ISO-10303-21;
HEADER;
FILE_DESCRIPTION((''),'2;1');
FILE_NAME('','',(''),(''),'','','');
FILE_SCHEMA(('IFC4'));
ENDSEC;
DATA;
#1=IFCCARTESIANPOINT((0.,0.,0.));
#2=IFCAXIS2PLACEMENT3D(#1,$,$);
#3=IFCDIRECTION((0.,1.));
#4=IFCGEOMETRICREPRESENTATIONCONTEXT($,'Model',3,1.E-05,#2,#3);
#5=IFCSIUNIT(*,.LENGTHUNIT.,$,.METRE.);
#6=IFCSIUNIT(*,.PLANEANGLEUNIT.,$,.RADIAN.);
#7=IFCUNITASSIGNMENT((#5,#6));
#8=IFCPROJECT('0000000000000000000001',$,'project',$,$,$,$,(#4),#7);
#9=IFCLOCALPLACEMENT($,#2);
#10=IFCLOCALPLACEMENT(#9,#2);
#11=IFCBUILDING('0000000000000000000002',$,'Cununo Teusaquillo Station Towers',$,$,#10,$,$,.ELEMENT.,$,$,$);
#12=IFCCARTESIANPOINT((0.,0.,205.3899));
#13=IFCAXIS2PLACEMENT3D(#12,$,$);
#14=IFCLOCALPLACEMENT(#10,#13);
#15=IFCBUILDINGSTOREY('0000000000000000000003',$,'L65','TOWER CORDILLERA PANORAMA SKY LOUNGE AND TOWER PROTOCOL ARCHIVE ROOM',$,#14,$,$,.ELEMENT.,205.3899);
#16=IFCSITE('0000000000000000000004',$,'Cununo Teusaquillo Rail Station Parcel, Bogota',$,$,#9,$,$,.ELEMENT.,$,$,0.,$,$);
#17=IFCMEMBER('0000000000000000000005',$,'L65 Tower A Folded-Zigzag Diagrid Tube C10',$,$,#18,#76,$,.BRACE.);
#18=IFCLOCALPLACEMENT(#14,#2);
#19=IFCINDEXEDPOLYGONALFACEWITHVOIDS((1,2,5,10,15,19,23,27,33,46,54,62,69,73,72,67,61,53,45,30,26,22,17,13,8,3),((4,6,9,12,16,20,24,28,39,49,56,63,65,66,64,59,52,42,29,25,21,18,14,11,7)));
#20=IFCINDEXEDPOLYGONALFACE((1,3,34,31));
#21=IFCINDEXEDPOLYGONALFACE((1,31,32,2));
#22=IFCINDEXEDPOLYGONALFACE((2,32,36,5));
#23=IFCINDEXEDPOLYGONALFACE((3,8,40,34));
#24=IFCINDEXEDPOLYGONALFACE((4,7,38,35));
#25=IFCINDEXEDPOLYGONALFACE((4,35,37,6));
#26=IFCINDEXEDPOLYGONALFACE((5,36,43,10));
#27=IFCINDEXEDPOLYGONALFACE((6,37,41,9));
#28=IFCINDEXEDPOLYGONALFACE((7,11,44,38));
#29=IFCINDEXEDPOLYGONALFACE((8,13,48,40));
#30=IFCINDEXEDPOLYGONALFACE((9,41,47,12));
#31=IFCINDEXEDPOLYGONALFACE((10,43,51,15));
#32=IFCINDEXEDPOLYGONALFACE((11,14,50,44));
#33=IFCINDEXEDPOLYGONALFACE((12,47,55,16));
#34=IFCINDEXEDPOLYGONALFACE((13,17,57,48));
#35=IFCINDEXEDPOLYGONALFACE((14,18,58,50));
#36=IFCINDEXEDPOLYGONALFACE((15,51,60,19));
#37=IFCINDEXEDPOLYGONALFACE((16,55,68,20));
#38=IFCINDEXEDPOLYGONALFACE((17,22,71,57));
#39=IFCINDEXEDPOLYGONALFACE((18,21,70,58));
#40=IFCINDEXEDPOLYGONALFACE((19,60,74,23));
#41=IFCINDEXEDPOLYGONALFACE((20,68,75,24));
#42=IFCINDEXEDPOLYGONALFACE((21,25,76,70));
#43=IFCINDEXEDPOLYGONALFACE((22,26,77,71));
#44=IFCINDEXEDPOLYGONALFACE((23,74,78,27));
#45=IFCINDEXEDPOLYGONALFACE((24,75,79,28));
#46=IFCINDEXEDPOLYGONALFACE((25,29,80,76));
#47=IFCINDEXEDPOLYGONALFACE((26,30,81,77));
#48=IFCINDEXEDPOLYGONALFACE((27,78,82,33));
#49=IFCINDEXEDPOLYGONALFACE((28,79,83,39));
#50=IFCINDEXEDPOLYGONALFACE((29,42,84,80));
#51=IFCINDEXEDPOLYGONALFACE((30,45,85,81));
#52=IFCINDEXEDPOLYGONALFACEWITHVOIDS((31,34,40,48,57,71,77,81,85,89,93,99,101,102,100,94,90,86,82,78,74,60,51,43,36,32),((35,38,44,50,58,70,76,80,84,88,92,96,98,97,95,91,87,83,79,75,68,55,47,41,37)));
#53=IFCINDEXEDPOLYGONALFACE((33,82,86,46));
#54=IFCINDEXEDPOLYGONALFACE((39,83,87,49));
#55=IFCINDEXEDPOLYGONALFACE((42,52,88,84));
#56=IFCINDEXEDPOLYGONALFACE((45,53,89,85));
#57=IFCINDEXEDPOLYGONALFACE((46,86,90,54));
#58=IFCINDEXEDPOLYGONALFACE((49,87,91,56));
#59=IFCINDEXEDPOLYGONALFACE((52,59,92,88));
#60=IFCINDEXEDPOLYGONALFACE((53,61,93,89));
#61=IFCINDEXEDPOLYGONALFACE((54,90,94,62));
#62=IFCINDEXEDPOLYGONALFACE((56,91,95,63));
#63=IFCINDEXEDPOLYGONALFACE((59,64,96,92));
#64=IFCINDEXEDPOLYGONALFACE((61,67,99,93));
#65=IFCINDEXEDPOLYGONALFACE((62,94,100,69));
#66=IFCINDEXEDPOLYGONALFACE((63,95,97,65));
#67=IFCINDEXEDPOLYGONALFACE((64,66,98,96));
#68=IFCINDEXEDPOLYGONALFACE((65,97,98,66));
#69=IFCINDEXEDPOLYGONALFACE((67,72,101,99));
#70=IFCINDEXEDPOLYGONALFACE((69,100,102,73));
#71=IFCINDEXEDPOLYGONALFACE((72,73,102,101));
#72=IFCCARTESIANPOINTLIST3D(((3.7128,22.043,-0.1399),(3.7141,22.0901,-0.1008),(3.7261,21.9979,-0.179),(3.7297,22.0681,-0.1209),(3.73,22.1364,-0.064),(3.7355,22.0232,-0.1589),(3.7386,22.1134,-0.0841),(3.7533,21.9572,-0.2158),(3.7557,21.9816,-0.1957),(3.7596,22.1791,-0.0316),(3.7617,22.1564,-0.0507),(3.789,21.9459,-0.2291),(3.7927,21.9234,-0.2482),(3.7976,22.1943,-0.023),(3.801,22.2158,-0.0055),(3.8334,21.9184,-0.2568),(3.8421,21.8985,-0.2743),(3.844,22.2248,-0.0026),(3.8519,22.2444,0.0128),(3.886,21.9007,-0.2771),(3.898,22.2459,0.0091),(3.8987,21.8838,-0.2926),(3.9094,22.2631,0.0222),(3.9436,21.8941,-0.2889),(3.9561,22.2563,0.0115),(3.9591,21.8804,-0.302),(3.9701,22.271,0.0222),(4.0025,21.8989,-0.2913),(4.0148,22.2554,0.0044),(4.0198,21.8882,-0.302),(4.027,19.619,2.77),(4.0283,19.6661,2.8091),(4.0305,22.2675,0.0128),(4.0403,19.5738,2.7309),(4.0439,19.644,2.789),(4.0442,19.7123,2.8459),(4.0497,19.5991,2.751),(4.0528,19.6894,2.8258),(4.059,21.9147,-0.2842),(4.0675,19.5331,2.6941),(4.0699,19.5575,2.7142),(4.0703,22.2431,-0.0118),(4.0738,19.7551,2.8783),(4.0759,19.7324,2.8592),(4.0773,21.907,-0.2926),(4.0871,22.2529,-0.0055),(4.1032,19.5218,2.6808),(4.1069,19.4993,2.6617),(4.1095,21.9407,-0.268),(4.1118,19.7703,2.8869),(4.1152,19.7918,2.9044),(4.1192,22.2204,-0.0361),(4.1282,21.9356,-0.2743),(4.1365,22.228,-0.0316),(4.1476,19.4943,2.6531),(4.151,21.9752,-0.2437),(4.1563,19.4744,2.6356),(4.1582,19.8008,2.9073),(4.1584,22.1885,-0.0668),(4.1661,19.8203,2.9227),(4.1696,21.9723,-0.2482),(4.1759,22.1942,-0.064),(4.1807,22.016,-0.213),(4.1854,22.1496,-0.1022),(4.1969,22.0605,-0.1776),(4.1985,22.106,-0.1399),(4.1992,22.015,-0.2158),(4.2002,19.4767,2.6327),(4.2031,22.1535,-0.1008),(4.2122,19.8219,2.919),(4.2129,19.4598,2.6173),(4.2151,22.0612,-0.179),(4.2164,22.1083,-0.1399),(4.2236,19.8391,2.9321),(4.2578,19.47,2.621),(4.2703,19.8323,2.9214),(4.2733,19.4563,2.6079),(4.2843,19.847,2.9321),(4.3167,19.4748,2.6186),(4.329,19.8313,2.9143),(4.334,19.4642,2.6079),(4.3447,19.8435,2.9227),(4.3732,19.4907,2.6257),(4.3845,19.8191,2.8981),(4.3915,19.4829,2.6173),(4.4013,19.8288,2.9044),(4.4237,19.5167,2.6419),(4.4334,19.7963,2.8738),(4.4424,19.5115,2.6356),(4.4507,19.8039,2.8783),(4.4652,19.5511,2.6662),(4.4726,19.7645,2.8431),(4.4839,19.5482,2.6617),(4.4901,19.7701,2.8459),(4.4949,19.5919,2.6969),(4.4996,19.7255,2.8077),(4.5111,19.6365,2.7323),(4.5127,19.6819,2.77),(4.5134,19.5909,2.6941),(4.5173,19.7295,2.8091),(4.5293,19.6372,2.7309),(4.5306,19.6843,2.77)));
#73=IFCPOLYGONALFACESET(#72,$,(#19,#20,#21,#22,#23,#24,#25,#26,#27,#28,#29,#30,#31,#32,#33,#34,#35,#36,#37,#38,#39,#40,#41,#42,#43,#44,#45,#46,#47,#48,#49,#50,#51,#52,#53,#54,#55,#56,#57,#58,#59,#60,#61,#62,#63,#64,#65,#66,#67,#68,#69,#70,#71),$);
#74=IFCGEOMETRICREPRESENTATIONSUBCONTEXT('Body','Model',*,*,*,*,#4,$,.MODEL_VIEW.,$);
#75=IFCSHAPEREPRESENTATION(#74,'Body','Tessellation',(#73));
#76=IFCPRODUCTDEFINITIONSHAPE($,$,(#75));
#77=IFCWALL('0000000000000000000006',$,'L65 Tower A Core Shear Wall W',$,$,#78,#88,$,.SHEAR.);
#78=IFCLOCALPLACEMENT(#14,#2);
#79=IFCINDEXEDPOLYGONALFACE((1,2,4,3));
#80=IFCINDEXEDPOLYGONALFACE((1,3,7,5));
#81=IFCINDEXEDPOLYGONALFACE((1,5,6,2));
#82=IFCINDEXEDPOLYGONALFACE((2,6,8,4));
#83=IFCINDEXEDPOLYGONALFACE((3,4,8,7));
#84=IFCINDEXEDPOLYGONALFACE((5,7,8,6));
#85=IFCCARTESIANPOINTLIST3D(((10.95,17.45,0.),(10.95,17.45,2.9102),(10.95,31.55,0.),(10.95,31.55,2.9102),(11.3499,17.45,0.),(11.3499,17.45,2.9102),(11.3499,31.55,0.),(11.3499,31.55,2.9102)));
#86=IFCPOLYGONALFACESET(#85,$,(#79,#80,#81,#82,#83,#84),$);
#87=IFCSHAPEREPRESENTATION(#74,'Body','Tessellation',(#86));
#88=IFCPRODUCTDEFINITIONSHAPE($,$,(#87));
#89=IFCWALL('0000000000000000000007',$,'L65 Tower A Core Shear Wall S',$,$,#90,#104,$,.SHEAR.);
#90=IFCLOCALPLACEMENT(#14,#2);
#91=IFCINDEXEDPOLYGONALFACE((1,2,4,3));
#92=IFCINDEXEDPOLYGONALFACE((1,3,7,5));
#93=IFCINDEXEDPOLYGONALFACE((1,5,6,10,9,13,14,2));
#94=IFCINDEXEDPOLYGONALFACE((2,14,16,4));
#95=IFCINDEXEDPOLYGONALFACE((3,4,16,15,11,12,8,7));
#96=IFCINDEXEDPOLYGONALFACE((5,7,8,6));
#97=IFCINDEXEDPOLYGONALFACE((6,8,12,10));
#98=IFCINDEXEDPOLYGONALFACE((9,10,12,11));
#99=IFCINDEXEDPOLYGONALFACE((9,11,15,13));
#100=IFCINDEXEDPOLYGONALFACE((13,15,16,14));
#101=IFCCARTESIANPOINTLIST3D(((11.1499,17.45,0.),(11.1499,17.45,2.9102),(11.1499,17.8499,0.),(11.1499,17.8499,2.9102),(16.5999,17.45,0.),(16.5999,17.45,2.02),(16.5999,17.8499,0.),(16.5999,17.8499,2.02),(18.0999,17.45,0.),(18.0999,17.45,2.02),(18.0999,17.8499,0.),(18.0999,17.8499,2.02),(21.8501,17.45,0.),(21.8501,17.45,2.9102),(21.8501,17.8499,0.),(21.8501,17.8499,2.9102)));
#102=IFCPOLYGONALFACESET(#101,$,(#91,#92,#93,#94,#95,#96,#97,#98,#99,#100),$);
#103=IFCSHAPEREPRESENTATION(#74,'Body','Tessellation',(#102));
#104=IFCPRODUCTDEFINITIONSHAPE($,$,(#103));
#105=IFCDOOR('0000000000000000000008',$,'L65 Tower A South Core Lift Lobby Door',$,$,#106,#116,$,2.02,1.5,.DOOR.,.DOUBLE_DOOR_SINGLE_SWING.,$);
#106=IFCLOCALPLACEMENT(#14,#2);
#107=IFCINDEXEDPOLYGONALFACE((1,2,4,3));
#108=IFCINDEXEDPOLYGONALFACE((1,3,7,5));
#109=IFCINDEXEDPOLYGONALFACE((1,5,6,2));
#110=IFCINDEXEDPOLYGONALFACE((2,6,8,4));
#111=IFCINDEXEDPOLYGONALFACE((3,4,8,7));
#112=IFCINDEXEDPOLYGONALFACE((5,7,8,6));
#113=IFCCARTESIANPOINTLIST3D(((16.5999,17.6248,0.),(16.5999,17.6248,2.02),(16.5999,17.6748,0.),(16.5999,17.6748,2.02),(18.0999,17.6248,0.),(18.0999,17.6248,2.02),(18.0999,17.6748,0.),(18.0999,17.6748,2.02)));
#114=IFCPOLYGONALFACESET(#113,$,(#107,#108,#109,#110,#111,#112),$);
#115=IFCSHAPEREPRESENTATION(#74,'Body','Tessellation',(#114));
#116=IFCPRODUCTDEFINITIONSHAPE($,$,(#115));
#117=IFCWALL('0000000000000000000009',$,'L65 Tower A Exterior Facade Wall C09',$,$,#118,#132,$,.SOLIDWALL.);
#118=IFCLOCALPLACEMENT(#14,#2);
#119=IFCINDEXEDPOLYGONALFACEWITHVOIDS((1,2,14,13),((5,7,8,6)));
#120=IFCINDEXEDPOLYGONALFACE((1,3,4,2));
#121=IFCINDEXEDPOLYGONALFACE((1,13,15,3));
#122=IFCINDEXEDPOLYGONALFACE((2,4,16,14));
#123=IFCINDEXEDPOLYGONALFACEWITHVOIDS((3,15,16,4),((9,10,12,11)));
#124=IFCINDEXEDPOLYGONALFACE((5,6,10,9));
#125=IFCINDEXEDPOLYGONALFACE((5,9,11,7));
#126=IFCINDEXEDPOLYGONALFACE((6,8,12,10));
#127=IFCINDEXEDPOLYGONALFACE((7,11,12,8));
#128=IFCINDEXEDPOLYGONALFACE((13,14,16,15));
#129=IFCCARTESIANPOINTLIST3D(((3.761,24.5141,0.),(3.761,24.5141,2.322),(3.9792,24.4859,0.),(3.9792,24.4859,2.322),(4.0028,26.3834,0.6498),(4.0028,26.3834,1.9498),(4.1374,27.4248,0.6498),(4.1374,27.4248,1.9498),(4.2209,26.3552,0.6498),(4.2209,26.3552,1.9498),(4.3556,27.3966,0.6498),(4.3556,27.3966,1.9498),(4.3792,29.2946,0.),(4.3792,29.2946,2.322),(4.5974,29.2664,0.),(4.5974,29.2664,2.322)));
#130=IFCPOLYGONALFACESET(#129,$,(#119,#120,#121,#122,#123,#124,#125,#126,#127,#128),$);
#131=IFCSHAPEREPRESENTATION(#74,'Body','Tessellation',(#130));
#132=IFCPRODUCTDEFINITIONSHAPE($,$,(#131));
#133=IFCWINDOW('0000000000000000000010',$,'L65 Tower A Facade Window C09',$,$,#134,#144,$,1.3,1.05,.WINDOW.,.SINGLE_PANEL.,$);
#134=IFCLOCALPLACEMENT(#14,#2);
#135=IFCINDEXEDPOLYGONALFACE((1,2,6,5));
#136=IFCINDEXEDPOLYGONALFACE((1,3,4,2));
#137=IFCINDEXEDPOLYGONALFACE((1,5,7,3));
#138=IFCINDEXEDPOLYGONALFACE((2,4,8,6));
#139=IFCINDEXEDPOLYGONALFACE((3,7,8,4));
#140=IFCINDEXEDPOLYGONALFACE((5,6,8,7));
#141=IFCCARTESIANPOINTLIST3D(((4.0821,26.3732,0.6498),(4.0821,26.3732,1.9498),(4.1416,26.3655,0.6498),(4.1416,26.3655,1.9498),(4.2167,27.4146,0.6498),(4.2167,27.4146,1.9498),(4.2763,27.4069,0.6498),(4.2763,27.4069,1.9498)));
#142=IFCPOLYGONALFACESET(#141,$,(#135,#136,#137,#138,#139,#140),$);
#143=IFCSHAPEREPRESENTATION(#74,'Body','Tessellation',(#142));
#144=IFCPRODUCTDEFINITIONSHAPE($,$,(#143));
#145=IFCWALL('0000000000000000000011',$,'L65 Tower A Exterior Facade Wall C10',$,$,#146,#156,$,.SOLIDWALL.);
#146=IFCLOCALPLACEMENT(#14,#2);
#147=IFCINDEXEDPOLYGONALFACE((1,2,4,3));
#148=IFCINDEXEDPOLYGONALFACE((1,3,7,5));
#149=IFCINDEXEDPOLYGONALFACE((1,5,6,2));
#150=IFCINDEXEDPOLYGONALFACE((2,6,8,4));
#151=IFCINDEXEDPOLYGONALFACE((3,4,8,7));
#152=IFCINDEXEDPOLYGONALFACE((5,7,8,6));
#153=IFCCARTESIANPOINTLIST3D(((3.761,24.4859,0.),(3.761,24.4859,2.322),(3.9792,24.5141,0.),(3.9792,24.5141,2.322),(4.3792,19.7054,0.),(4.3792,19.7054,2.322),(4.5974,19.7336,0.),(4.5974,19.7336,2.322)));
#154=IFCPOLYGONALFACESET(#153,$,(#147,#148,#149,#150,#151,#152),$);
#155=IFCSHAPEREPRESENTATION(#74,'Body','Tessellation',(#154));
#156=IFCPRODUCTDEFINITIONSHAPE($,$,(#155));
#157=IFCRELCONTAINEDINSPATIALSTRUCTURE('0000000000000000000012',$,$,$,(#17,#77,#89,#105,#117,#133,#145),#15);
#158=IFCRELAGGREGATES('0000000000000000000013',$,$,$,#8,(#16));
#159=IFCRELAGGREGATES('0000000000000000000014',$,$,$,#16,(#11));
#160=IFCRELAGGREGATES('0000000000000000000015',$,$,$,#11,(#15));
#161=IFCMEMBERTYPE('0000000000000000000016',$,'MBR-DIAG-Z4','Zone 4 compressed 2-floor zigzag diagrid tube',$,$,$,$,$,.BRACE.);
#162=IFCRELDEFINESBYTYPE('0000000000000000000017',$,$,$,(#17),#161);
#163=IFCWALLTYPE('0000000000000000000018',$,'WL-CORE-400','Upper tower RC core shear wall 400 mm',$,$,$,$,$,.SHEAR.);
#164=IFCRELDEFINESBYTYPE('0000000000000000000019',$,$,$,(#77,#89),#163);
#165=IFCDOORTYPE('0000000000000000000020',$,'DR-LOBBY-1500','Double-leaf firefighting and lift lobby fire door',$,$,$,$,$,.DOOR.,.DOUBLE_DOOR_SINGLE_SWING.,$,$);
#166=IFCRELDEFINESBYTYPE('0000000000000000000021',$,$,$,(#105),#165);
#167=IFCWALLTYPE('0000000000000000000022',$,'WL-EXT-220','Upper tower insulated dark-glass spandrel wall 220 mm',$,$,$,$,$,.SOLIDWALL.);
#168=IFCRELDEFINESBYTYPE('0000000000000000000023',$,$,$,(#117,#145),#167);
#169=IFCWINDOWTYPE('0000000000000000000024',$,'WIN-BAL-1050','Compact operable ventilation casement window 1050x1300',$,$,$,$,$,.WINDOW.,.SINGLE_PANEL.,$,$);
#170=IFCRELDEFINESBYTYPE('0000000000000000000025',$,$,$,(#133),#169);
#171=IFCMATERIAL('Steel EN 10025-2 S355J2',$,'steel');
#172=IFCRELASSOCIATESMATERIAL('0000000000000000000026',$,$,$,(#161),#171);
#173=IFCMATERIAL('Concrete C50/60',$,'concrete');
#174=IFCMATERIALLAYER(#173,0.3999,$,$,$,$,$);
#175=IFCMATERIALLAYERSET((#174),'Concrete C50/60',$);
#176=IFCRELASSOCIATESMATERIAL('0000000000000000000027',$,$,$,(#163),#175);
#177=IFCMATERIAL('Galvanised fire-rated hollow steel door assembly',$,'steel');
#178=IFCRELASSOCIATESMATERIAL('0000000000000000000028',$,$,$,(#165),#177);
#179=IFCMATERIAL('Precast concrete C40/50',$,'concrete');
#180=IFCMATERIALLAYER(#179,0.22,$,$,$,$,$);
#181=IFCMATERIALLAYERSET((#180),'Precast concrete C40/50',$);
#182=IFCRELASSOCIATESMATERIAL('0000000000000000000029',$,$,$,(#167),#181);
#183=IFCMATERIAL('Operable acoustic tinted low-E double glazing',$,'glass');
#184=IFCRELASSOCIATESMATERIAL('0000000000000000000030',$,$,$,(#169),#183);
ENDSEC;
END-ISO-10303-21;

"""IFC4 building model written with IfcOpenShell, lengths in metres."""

from ifc_helpers import new_model, si_unit, direction, frame, frame_2d, origin, origin_2d, place, context, subcontext, project, spatial, rectangle, hollow_circle, extrude, source, transform, mapped, material, layer, layer_set, material_profile, profile_set, type_object, element, fill, save


model = new_model("IFC4")

# Units and contexts
model_context = context("Model", 3, precision=1e-05, world=origin(), true_north=direction((0.0, 1.0)))
body_context = subcontext(model_context, "Body", "Model", "MODEL_VIEW")
ifc_project = project(units=[si_unit("LENGTHUNIT", "METRE"), si_unit("PLANEANGLEUNIT", "RADIAN")], contexts=[model_context])

# Site, building, storey
site_placement = place(None, origin())
site = spatial("IfcSite", under=ifc_project, at=site_placement, Name="Cununo Teusaquillo Rail Station Parcel, Bogota", CompositionType="ELEMENT", RefElevation=0.0)
building_placement = place(site_placement, origin())
building = spatial("IfcBuilding", under=site, at=building_placement, Name="Cununo Teusaquillo Station Towers", CompositionType="ELEMENT")
storey_placement = place(building_placement, frame((0.0, 0.0, 205.3899)))
storey = spatial("IfcBuildingStorey", under=building, at=storey_placement, Name="L65", Description="TOWER CORDILLERA PANORAMA SKY LOUNGE AND TOWER PROTOCOL ARCHIVE ROOM", CompositionType="ELEMENT", Elevation=205.3899)

# Member
ifc_material_1 = material(Name="Steel EN 10025-2 S355J2", Category="steel")
ifc_material_profile_1 = material_profile(ifc_material_1, hollow_circle(Radius=0.2539, WallThickness=0.0181, at=origin_2d()), Name="CHS 508x18")
ifc_profile_set_1 = profile_set([ifc_material_profile_1], Name="Steel EN 10025-2 S355J2")
member_type = type_object("IfcMemberType", Name="MBR-DIAG-Z4", Description="Zone 4 compressed 2-floor zigzag diagrid tube", PredefinedType="BRACE", material=ifc_profile_set_1)
member_placement = place(storey_placement, frame((3.9646, 22.0757, -0.1399), z_axis=(0.08268, -0.63786, 0.765702), x_axis=(0.991704, 0.128545, 0.0)))
element("IfcMember", 1, at=member_placement, inside=storey, type_object=member_type, Name="L65 Tower A Folded-Zigzag Diagrid Tube C10", PredefinedType="BRACE", context=body_context, shape_type="SweptSolid", body=[
    extrude(hollow_circle(Radius=0.2539, WallThickness=0.0181, at=origin_2d()), origin(), (0.0, 0.0, 1.0), 3.8003),
])

# Wall
ifc_material_2 = material(Name="Concrete C50/60", Category="concrete")
ifc_layer_1 = layer(ifc_material_2, 0.3999)
ifc_layer_set_1 = layer_set([ifc_layer_1], Name="Concrete C50/60")
wall_type_1 = type_object("IfcWallType", Name="WL-CORE-400", Description="Upper tower RC core shear wall 400 mm", PredefinedType="SHEAR", material=ifc_layer_set_1)
wall_1_placement = place(storey_placement, frame((11.1499, 17.45, 0.0), z_axis=(0.0, 0.0, 1.0), x_axis=(0.0, 1.0, 0.0)))
element("IfcWall", 2, at=wall_1_placement, inside=storey, type_object=wall_type_1, Name="L65 Tower A Core Shear Wall W", PredefinedType="SHEAR", context=body_context, shape_type="SweptSolid", body=[
    extrude(rectangle(XDim=14.1001, YDim=0.3999, at=frame_2d((7.05, 0.0))), origin(), (0.0, 0.0, 1.0), 2.9102),
])

# Wall, opening, door
wall_2_placement = place(storey_placement, frame((11.1499, 17.6499, 0.0), z_axis=(0.0, 0.0, 1.0), x_axis=(1.0, 0.0, 0.0)))
wall_2 = element("IfcWall", 3, at=wall_2_placement, inside=storey, type_object=wall_type_1, Name="L65 Tower A Core Shear Wall S", PredefinedType="SHEAR", context=body_context, shape_type="SweptSolid", body=[
    extrude(rectangle(XDim=10.7002, YDim=0.3999, at=frame_2d((5.3501, 0.0))), origin(), (0.0, 0.0, 1.0), 2.9102),
])
shared_shape_1 = source(origin(), body_context, "Body", "SweptSolid", [
    extrude(rectangle(XDim=1.5, YDim=2.02, at=frame_2d((0.75, 1.01))), frame((0.0, 0.21, 0.0), z_axis=(0.0, -1.0, 0.0), x_axis=(1.0, 0.0, 0.0)), (0.0, 0.0, 1.0), 0.4199),
])
opening_1_placement = place(wall_2_placement, frame((5.45, 0.0, 0.0)))
opening_1 = element("IfcOpeningElement", 4, at=opening_1_placement, cuts=wall_2, PredefinedType="OPENING", context=body_context, shape_type="MappedRepresentation", body=[
    mapped(shared_shape_1, transform((0.0, 0.0, 0.0), x_axis=(1.0, 0.0, 0.0), y_axis=(0.0, 1.0, 0.0), z_axis=(0.0, 0.0, 1.0), scale=1.0)),
])
ifc_material_3 = material(Name="Galvanised fire-rated hollow steel door assembly", Category="steel")
door_type_1 = type_object("IfcDoorType", Name="DR-LOBBY-1500", Description="Double-leaf firefighting and lift lobby fire door", OperationType="DOUBLE_DOOR_SINGLE_SWING", PredefinedType="DOOR", material=ifc_material_3)
shared_shape_2 = source(origin(), body_context, "Body", "SweptSolid", [
    extrude(rectangle(XDim=1.5, YDim=2.02, at=frame_2d((0.75, 1.01))), frame((0.0, 0.0249, 0.0), z_axis=(0.0, -1.0, 0.0), x_axis=(1.0, 0.0, 0.0)), (0.0, 0.0, 1.0), 0.05),
])
door_1_placement = place(opening_1_placement, origin())
door_1 = element("IfcDoor", 5, at=door_1_placement, inside=storey, type_object=door_type_1, Name="L65 Tower A South Core Lift Lobby Door", OperationType="DOUBLE_DOOR_SINGLE_SWING", OverallHeight=2.02, OverallWidth=1.5, PredefinedType="DOOR", context=body_context, shape_type="MappedRepresentation", body=[
    mapped(shared_shape_2, transform((0.0, 0.0, 0.0), x_axis=(1.0, 0.0, 0.0), y_axis=(0.0, 1.0, 0.0), z_axis=(0.0, 0.0, 1.0), scale=1.0)),
])
fill(opening_1, door_1)

# Wall, opening, window
ifc_material_4 = material(Name="Precast concrete C40/50", Category="concrete")
ifc_layer_2 = layer(ifc_material_4, 0.22)
ifc_layer_set_2 = layer_set([ifc_layer_2], Name="Precast concrete C40/50")
wall_type_2 = type_object("IfcWallType", Name="WL-EXT-220", Description="Upper tower insulated dark-glass spandrel wall 220 mm", PredefinedType="SOLIDWALL", material=ifc_layer_set_2)
wall_3_placement = place(storey_placement, frame((3.8701, 24.5, 0.0), z_axis=(0.0, 0.0, 1.0), x_axis=(0.128241, 0.991743, 0.0)))
wall_3 = element("IfcWall", 6, at=wall_3_placement, inside=storey, type_object=wall_type_2, Name="L65 Tower A Exterior Facade Wall C09", PredefinedType="SOLIDWALL", context=body_context, shape_type="SweptSolid", body=[
    extrude(rectangle(XDim=4.8203, YDim=0.22, at=frame_2d((2.4102, 0.0))), origin(), (0.0, 0.0, 1.0), 2.322),
])
shared_shape_3 = source(origin(), body_context, "Body", "SweptSolid", [
    extrude(rectangle(XDim=1.05, YDim=1.3, at=frame_2d((0.5249, 0.6499))), frame((0.0, 0.1199, 0.0), z_axis=(0.0, -1.0, 0.0), x_axis=(1.0, 0.0, 0.0)), (0.0, 0.0, 1.0), 0.24),
])
opening_2_placement = place(wall_3_placement, frame((1.885, 0.0, 0.6499)))
opening_2 = element("IfcOpeningElement", 7, at=opening_2_placement, cuts=wall_3, PredefinedType="OPENING", context=body_context, shape_type="MappedRepresentation", body=[
    mapped(shared_shape_3, transform((0.0, 0.0, 0.0), x_axis=(1.0, 0.0, 0.0), y_axis=(0.0, 1.0, 0.0), z_axis=(0.0, 0.0, 1.0), scale=1.0)),
])
ifc_material_5 = material(Name="Operable acoustic tinted low-E double glazing", Category="glass")
window_type = type_object("IfcWindowType", Name="WIN-BAL-1050", Description="Compact operable ventilation casement window 1050x1300", PartitioningType="SINGLE_PANEL", PredefinedType="WINDOW", material=ifc_material_5)
shared_shape_4 = source(origin(), body_context, "Body", "SweptSolid", [
    extrude(rectangle(XDim=1.05, YDim=1.3, at=frame_2d((0.5249, 0.6499))), frame((0.0, 0.03, 0.0), z_axis=(0.0, -1.0, 0.0), x_axis=(1.0, 0.0, 0.0)), (0.0, 0.0, 1.0), 0.0601),
])
window_placement = place(opening_2_placement, origin())
window = element("IfcWindow", 8, at=window_placement, inside=storey, type_object=window_type, Name="L65 Tower A Facade Window C09", OverallHeight=1.3, OverallWidth=1.05, PartitioningType="SINGLE_PANEL", PredefinedType="WINDOW", context=body_context, shape_type="MappedRepresentation", body=[
    mapped(shared_shape_4, transform((0.0, 0.0, 0.0), x_axis=(1.0, 0.0, 0.0), y_axis=(0.0, 1.0, 0.0), z_axis=(0.0, 0.0, 1.0), scale=1.0)),
])
fill(opening_2, window)

# Wall
wall_4_placement = place(storey_placement, frame((4.4883, 19.7195, 0.0), z_axis=(0.0, 0.0, 1.0), x_axis=(-0.128241, 0.991743, 0.0)))
element("IfcWall", 9, at=wall_4_placement, inside=storey, type_object=wall_type_2, Name="L65 Tower A Exterior Facade Wall C10", PredefinedType="SOLIDWALL", context=body_context, shape_type="SweptSolid", body=[
    extrude(rectangle(XDim=4.8203, YDim=0.22, at=frame_2d((2.4102, 0.0))), origin(), (0.0, 0.0, 1.0), 2.322),
])

save(model, "model.ifc")
